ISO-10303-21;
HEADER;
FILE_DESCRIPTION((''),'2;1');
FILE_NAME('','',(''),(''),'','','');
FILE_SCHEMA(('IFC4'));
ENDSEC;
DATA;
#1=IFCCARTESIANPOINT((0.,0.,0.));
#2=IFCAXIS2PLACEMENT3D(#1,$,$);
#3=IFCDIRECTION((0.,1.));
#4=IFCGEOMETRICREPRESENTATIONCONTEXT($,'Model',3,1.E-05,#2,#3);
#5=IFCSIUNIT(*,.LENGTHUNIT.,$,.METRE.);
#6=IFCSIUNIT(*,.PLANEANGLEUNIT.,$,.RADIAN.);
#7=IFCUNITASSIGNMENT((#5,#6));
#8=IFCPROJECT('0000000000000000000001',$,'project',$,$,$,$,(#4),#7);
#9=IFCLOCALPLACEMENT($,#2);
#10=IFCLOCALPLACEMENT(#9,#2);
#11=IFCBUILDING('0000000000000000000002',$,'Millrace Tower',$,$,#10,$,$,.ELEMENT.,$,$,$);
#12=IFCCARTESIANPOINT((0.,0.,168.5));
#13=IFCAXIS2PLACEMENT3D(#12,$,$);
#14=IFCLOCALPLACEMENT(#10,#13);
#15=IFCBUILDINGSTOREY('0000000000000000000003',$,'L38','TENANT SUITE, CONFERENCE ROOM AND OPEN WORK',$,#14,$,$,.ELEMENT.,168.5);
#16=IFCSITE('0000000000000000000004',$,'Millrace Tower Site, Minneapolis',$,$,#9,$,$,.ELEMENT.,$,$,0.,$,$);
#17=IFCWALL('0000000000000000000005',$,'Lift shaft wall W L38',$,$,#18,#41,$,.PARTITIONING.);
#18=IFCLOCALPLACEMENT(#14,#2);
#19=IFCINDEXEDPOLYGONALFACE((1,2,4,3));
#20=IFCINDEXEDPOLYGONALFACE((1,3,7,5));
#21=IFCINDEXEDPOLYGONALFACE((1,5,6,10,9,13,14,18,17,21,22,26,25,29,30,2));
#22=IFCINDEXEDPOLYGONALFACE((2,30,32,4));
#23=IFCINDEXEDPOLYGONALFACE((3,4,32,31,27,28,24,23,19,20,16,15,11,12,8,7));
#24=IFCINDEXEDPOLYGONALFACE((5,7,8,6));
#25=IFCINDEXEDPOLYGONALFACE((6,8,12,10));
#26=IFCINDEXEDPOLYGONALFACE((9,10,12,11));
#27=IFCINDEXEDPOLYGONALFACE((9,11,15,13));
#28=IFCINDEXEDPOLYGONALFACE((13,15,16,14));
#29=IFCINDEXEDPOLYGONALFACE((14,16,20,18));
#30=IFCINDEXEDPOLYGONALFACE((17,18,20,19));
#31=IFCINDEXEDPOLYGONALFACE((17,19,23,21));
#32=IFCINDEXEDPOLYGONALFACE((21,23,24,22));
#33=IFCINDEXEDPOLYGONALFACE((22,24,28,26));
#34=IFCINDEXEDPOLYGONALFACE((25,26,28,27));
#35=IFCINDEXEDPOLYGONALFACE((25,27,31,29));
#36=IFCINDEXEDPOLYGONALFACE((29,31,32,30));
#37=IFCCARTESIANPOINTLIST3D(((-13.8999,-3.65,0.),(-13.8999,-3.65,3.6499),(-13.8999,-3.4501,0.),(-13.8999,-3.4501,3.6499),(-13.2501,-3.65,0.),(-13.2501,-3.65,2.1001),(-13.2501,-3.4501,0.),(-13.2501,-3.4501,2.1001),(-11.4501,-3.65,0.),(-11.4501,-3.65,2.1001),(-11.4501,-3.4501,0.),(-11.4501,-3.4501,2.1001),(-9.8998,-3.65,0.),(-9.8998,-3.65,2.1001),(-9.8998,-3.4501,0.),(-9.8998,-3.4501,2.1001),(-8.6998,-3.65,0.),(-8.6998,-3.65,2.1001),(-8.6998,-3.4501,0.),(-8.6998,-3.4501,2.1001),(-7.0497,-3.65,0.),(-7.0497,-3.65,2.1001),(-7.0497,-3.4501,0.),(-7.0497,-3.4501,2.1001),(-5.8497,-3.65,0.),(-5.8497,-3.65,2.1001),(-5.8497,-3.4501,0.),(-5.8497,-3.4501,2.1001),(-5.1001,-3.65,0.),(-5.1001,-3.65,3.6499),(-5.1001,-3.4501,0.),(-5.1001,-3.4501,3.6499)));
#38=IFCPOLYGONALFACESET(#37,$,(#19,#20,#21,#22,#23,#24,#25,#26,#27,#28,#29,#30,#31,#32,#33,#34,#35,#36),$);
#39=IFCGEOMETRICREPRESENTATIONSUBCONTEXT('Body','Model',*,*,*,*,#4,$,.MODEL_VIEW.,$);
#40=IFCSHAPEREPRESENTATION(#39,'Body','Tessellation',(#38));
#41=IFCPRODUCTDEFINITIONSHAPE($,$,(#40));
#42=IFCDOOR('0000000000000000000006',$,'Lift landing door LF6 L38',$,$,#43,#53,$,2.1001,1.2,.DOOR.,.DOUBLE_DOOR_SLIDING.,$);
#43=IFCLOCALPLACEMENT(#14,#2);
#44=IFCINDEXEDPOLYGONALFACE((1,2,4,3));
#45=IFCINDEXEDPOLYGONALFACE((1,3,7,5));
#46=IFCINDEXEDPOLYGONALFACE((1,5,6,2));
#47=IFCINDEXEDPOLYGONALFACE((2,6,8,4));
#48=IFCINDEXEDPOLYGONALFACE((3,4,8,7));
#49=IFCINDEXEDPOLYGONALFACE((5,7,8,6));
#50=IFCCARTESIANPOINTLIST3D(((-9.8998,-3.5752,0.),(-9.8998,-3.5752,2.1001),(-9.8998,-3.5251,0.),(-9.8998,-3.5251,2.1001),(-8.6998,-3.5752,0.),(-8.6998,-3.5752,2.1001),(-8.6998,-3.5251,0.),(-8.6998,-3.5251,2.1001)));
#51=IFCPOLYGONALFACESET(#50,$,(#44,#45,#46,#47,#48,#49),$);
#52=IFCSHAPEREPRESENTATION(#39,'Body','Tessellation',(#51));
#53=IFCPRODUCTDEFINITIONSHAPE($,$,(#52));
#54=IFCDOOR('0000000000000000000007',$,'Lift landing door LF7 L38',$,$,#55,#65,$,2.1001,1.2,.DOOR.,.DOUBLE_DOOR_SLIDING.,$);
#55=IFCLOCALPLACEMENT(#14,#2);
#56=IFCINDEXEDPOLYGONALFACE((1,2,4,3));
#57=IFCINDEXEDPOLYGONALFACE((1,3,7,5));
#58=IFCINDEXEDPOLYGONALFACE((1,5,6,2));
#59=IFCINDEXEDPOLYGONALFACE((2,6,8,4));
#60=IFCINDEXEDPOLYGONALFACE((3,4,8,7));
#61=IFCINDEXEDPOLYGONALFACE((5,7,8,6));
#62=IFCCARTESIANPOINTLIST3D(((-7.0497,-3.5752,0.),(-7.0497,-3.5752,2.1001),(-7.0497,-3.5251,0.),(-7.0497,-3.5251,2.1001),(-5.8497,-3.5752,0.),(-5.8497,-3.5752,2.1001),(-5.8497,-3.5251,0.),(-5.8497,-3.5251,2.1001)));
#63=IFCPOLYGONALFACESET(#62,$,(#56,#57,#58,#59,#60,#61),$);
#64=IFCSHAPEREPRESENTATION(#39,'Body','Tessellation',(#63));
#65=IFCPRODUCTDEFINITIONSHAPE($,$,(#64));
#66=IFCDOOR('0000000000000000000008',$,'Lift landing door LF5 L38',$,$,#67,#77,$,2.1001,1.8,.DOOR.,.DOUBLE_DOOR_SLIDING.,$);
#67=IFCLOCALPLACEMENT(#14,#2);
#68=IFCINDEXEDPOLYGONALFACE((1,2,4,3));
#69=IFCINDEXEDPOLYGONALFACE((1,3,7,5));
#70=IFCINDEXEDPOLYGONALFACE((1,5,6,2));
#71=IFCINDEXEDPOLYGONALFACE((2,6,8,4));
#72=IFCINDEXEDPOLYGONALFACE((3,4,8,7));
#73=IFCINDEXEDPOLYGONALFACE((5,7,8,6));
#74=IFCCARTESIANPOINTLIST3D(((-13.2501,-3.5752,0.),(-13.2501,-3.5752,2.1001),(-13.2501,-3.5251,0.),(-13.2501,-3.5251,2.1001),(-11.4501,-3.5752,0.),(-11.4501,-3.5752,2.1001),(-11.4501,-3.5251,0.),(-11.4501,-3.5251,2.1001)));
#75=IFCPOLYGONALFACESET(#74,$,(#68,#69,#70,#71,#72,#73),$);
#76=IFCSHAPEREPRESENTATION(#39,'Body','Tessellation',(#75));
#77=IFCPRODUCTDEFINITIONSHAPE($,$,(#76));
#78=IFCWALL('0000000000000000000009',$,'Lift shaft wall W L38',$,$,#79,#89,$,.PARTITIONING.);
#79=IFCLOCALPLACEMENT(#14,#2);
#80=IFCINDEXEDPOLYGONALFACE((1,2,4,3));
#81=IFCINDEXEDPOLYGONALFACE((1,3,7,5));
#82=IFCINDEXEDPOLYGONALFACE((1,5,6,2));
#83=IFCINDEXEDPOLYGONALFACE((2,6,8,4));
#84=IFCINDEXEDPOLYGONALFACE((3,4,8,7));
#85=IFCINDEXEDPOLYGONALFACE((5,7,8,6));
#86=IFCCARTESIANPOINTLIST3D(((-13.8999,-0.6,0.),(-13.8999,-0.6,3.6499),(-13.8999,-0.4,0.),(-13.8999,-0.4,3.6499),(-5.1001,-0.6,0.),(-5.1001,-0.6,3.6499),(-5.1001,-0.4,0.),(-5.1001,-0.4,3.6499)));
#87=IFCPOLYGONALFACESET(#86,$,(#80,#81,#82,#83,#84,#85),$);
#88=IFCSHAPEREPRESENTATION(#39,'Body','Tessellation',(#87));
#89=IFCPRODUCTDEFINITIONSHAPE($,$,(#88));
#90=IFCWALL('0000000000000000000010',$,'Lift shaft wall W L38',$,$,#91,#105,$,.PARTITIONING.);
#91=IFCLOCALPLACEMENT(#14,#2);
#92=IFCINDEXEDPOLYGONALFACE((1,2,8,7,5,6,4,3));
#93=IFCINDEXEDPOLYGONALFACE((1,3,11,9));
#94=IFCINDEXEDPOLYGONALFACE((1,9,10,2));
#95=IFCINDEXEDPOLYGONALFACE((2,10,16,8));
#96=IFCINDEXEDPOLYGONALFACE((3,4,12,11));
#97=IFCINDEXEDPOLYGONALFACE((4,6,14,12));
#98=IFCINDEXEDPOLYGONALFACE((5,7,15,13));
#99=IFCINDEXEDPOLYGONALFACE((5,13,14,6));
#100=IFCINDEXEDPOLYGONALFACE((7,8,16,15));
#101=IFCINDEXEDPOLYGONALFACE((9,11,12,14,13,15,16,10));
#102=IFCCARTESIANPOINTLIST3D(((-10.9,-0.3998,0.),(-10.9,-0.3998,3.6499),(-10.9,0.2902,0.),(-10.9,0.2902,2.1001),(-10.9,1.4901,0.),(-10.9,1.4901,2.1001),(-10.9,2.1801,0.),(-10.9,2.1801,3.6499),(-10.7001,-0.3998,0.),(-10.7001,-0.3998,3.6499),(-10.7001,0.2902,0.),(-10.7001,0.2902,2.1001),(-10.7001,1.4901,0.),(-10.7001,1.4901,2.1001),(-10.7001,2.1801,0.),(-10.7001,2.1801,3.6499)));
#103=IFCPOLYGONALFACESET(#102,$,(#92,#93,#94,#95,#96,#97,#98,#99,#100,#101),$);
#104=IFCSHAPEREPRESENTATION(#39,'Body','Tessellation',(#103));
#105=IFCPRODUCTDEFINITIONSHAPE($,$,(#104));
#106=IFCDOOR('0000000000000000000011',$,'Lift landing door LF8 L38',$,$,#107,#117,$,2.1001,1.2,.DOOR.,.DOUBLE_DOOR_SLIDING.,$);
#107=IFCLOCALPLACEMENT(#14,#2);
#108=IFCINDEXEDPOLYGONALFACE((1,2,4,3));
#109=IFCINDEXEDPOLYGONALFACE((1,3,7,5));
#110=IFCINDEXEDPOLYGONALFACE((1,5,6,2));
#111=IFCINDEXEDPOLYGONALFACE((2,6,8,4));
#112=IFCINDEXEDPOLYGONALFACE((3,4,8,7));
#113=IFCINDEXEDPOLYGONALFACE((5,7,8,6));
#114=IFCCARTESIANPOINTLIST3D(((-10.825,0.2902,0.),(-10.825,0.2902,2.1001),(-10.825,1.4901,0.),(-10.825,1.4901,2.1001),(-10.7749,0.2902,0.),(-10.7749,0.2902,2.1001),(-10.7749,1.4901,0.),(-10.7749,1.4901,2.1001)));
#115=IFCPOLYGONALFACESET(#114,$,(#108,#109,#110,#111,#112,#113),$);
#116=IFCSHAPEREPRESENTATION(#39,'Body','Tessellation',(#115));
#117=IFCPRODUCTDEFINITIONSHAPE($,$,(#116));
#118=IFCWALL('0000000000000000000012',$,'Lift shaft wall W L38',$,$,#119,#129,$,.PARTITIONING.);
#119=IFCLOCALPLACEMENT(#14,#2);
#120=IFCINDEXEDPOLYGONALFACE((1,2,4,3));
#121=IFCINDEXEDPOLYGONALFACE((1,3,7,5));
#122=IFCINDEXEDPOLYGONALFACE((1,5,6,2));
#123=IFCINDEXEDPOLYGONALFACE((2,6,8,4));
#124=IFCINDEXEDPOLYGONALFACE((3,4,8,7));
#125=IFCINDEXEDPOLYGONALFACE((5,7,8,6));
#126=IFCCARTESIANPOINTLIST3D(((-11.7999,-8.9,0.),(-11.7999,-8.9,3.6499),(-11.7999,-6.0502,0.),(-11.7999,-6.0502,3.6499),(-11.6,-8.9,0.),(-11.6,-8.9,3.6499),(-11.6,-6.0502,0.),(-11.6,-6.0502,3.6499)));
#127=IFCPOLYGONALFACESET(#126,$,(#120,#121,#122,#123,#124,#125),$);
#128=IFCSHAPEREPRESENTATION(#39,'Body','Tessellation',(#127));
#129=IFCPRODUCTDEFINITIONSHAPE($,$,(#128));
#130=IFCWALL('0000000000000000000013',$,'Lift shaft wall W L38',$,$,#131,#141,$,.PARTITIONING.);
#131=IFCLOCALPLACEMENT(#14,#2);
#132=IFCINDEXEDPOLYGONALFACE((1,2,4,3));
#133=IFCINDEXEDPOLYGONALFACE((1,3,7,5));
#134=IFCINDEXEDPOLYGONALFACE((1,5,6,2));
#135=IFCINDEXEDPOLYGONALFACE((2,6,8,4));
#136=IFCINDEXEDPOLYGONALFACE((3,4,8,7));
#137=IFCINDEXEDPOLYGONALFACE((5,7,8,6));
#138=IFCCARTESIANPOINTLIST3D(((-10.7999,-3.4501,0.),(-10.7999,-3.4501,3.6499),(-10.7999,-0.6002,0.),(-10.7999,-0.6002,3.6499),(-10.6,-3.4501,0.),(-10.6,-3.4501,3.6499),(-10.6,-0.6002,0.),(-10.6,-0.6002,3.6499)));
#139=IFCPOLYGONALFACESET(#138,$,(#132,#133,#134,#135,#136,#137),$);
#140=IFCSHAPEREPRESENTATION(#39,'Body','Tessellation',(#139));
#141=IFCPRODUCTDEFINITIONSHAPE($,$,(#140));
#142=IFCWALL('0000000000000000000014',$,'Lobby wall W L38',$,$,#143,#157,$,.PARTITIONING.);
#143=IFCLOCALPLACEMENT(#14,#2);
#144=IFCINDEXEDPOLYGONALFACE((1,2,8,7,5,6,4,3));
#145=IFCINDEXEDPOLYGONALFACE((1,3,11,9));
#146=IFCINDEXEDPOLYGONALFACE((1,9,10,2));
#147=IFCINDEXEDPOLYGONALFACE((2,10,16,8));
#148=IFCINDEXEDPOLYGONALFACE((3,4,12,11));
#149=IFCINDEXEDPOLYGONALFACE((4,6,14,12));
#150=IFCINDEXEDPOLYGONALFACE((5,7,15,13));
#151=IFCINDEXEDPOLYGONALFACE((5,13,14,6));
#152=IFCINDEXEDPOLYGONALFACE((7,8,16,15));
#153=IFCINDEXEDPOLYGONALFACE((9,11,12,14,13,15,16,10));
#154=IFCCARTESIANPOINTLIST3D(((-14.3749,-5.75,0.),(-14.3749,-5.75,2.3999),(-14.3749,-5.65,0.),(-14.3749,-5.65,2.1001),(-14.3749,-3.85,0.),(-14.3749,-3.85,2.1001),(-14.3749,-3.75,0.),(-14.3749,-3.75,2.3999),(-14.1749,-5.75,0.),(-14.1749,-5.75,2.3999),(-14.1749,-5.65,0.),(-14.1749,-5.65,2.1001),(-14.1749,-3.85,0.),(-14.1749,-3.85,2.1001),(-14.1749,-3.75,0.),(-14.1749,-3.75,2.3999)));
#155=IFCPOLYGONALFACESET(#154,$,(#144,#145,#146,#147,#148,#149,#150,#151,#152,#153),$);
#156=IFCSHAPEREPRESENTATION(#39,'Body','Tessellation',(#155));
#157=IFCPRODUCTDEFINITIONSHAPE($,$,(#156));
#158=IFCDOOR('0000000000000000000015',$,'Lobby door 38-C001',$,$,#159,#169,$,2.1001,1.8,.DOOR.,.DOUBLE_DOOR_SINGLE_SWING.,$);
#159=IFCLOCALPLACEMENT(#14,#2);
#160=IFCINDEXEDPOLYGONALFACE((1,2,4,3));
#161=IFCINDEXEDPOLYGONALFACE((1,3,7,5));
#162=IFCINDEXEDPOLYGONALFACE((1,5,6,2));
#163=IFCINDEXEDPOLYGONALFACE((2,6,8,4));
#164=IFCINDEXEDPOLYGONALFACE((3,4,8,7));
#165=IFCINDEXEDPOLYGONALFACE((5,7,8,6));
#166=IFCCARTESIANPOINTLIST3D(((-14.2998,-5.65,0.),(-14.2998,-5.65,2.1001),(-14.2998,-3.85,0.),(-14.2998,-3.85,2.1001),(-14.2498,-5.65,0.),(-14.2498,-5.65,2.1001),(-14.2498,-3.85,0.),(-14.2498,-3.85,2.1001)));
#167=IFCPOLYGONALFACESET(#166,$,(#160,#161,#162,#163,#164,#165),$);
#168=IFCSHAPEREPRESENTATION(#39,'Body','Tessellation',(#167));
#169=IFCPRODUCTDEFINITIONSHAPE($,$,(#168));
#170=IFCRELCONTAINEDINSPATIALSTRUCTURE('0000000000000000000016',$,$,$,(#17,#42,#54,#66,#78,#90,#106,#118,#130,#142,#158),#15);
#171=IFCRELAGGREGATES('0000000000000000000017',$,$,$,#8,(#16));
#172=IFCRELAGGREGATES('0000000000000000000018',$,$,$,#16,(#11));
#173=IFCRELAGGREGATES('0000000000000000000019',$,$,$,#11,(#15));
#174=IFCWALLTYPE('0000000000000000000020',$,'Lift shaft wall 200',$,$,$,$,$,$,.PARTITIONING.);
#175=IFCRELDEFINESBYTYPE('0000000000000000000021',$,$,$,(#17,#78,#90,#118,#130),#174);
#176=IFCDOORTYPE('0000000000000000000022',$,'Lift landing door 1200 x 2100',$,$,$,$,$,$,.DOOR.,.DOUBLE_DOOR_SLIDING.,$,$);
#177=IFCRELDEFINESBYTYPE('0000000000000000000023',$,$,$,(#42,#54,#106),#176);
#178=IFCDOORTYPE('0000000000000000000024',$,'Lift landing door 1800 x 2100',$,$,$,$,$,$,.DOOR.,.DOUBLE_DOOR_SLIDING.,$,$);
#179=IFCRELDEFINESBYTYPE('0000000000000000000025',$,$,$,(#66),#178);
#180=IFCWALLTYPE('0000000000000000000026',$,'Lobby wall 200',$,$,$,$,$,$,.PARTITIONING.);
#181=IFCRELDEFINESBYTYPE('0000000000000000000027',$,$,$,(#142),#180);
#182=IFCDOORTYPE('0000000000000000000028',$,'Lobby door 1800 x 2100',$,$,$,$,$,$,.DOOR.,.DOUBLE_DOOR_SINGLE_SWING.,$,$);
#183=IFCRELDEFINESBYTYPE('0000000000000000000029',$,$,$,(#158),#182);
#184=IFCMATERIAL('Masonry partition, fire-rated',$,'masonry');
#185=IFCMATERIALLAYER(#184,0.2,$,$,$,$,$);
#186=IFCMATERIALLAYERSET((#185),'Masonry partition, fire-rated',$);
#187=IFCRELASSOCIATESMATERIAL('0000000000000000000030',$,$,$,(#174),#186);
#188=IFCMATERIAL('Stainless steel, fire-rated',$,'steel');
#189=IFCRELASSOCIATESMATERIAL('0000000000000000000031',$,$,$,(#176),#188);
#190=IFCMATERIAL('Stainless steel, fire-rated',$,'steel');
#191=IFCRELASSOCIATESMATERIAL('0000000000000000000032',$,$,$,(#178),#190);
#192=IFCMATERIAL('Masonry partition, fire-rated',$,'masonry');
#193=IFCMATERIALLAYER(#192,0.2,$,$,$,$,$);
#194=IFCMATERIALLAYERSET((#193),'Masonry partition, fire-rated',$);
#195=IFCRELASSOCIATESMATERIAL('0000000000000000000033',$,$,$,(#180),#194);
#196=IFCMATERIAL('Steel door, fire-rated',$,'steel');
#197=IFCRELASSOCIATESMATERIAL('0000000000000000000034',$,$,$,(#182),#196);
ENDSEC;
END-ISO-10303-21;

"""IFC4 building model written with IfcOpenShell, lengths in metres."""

from ifc_helpers import new_model, si_unit, direction, frame, frame_2d, origin, place, context, subcontext, project, spatial, rectangle, extrude, material, layer, layer_set, type_object, element, fill, save


model = new_model("IFC4")

# Units and contexts
model_context = context("Model", 3, precision=1e-05, world=origin(), true_north=direction((0.0, 1.0)))
body_context = subcontext(model_context, "Body", "Model", "MODEL_VIEW")
ifc_project = project(units=[si_unit("LENGTHUNIT", "METRE"), si_unit("PLANEANGLEUNIT", "RADIAN")], contexts=[model_context])

# Site, building, storey
site_placement = place(None, origin())
site = spatial("IfcSite", under=ifc_project, at=site_placement, Name="Millrace Tower Site, Minneapolis", CompositionType="ELEMENT", RefElevation=0.0)
building_placement = place(site_placement, origin())
building = spatial("IfcBuilding", under=site, at=building_placement, Name="Millrace Tower", CompositionType="ELEMENT")
storey_placement = place(building_placement, frame((0.0, 0.0, 168.5)))
storey = spatial("IfcBuildingStorey", under=building, at=storey_placement, Name="L38", Description="TENANT SUITE, CONFERENCE ROOM AND OPEN WORK", CompositionType="ELEMENT", Elevation=168.5)

# Shared definitions
ifc_material_1 = material(Name="Masonry partition, fire-rated", Category="masonry")
ifc_layer_1 = layer(ifc_material_1, 0.2)
ifc_layer_set_1 = layer_set([ifc_layer_1], Name="Masonry partition, fire-rated")
wall_type_1 = type_object("IfcWallType", Name="Lift shaft wall 200", PredefinedType="PARTITIONING", material=ifc_layer_set_1)

# Wall, openings, doors
wall_1_placement = place(storey_placement, frame((-13.8999, -3.55, 0.0), z_axis=(0.0, 0.0, 1.0), x_axis=(1.0, 0.0, 0.0)))
wall_1 = element("IfcWall", 1, at=wall_1_placement, inside=storey, type_object=wall_type_1, Name="Lift shaft wall W L38", PredefinedType="PARTITIONING", context=body_context, shape_type="SweptSolid", body=[
    extrude(rectangle(XDim=8.7998, YDim=0.2, at=frame_2d((4.3999, 0.0))), origin(), (0.0, 0.0, 1.0), 3.6499),
])
opening_1_placement = place(wall_1_placement, frame((0.6499, 0.0, 0.0)))
opening_1 = element("IfcOpeningElement", 2, at=opening_1_placement, cuts=wall_1, PredefinedType="OPENING", context=body_context, shape_type="SweptSolid", body=[
    extrude(rectangle(XDim=1.8, YDim=2.1001, at=frame_2d((0.8999, 1.05))), frame((0.0, 0.1099, 0.0), z_axis=(0.0, -1.0, 0.0), x_axis=(1.0, 0.0, 0.0)), (0.0, 0.0, 1.0), 0.22),
])
opening_2_placement = place(wall_1_placement, frame((4.0, 0.0, 0.0)))
opening_2 = element("IfcOpeningElement", 3, at=opening_2_placement, cuts=wall_1, PredefinedType="OPENING", context=body_context, shape_type="SweptSolid", body=[
    extrude(rectangle(XDim=1.2, YDim=2.1001, at=frame_2d((0.6001, 1.05))), frame((0.0, 0.1099, 0.0), z_axis=(0.0, -1.0, 0.0), x_axis=(1.0, 0.0, 0.0)), (0.0, 0.0, 1.0), 0.22),
])
opening_3_placement = place(wall_1_placement, frame((6.8501, 0.0, 0.0)))
opening_3 = element("IfcOpeningElement", 4, at=opening_3_placement, cuts=wall_1, PredefinedType="OPENING", context=body_context, shape_type="SweptSolid", body=[
    extrude(rectangle(XDim=1.2, YDim=2.1001, at=frame_2d((0.6001, 1.05))), frame((0.0, 0.1099, 0.0), z_axis=(0.0, -1.0, 0.0), x_axis=(1.0, 0.0, 0.0)), (0.0, 0.0, 1.0), 0.22),
])
ifc_material_2 = material(Name="Stainless steel, fire-rated", Category="steel")
door_type_1 = type_object("IfcDoorType", Name="Lift landing door 1200 x 2100", OperationType="DOUBLE_DOOR_SLIDING", PredefinedType="DOOR", material=ifc_material_2)
door_1_placement = place(opening_2_placement, origin())
door_1 = element("IfcDoor", 5, at=door_1_placement, inside=storey, type_object=door_type_1, Name="Lift landing door LF6 L38", OperationType="DOUBLE_DOOR_SLIDING", OverallHeight=2.1001, OverallWidth=1.2, PredefinedType="DOOR", context=body_context, shape_type="SweptSolid", body=[
    extrude(rectangle(XDim=1.2, YDim=2.1001, at=frame_2d((0.6001, 1.05))), frame((0.0, 0.0249, 0.0), z_axis=(0.0, -1.0, 0.0), x_axis=(1.0, 0.0, 0.0)), (0.0, 0.0, 1.0), 0.05),
])
fill(opening_2, door_1)
door_2_placement = place(opening_3_placement, origin())
door_2 = element("IfcDoor", 6, at=door_2_placement, inside=storey, type_object=door_type_1, Name="Lift landing door LF7 L38", OperationType="DOUBLE_DOOR_SLIDING", OverallHeight=2.1001, OverallWidth=1.2, PredefinedType="DOOR", context=body_context, shape_type="SweptSolid", body=[
    extrude(rectangle(XDim=1.2, YDim=2.1001, at=frame_2d((0.6001, 1.05))), frame((0.0, 0.0249, 0.0), z_axis=(0.0, -1.0, 0.0), x_axis=(1.0, 0.0, 0.0)), (0.0, 0.0, 1.0), 0.05),
])
fill(opening_3, door_2)
ifc_material_3 = material(Name="Stainless steel, fire-rated", Category="steel")
door_type_2 = type_object("IfcDoorType", Name="Lift landing door 1800 x 2100", OperationType="DOUBLE_DOOR_SLIDING", PredefinedType="DOOR", material=ifc_material_3)
door_3_placement = place(opening_1_placement, origin())
door_3 = element("IfcDoor", 7, at=door_3_placement, inside=storey, type_object=door_type_2, Name="Lift landing door LF5 L38", OperationType="DOUBLE_DOOR_SLIDING", OverallHeight=2.1001, OverallWidth=1.8, PredefinedType="DOOR", context=body_context, shape_type="SweptSolid", body=[
    extrude(rectangle(XDim=1.8, YDim=2.1001, at=frame_2d((0.8999, 1.05))), frame((0.0, 0.0249, 0.0), z_axis=(0.0, -1.0, 0.0), x_axis=(1.0, 0.0, 0.0)), (0.0, 0.0, 1.0), 0.05),
])
fill(opening_1, door_3)

# Wall
wall_2_placement = place(storey_placement, frame((-13.8999, -0.5, 0.0), z_axis=(0.0, 0.0, 1.0), x_axis=(1.0, 0.0, 0.0)))
element("IfcWall", 8, at=wall_2_placement, inside=storey, type_object=wall_type_1, Name="Lift shaft wall W L38", PredefinedType="PARTITIONING", context=body_context, shape_type="SweptSolid", body=[
    extrude(rectangle(XDim=8.7998, YDim=0.2, at=frame_2d((4.3999, 0.0))), origin(), (0.0, 0.0, 1.0), 3.6499),
])

# Wall, opening, door
wall_3_placement = place(storey_placement, frame((-10.8, -0.3999, 0.0), z_axis=(0.0, 0.0, 1.0), x_axis=(0.0, 1.0, 0.0)))
wall_3 = element("IfcWall", 9, at=wall_3_placement, inside=storey, type_object=wall_type_1, Name="Lift shaft wall W L38", PredefinedType="PARTITIONING", context=body_context, shape_type="SweptSolid", body=[
    extrude(rectangle(XDim=2.5798, YDim=0.2, at=frame_2d((1.29, 0.0))), origin(), (0.0, 0.0, 1.0), 3.6499),
])
opening_4_placement = place(wall_3_placement, frame((0.6899, 0.0, 0.0)))
opening_4 = element("IfcOpeningElement", 10, at=opening_4_placement, cuts=wall_3, PredefinedType="OPENING", context=body_context, shape_type="SweptSolid", body=[
    extrude(rectangle(XDim=1.2, YDim=2.1001, at=frame_2d((0.6001, 1.05))), frame((0.0, 0.1099, 0.0), z_axis=(0.0, -1.0, 0.0), x_axis=(1.0, 0.0, 0.0)), (0.0, 0.0, 1.0), 0.22),
])
door_4_placement = place(opening_4_placement, origin())
door_4 = element("IfcDoor", 11, at=door_4_placement, inside=storey, type_object=door_type_1, Name="Lift landing door LF8 L38", OperationType="DOUBLE_DOOR_SLIDING", OverallHeight=2.1001, OverallWidth=1.2, PredefinedType="DOOR", context=body_context, shape_type="SweptSolid", body=[
    extrude(rectangle(XDim=1.2, YDim=2.1001, at=frame_2d((0.6001, 1.05))), frame((0.0, 0.0249, 0.0), z_axis=(0.0, -1.0, 0.0), x_axis=(1.0, 0.0, 0.0)), (0.0, 0.0, 1.0), 0.05),
])
fill(opening_4, door_4)

# Walls
for number, where, z_axis, x_axis, name in (
    (12, (-11.7, -8.8999, 0.0), (0.0, 0.0, 1.0), (0.0, 1.0, 0.0), "Lift shaft wall W L38"),
    (13, (-10.7, -3.45, 0.0), (0.0, 0.0, 1.0), (0.0, 1.0, 0.0), "Lift shaft wall W L38"),
):
    element("IfcWall", number, at=place(storey_placement, frame(where, z_axis=z_axis, x_axis=x_axis)), inside=storey, type_object=wall_type_1, Name=name, PredefinedType="PARTITIONING", context=body_context, shape_type="SweptSolid", body=[
        extrude(rectangle(XDim=2.8499, YDim=0.2, at=frame_2d((1.4248, 0.0))), origin(), (0.0, 0.0, 1.0), 3.6499),
    ])

# Wall, opening, door
ifc_material_4 = material(Name="Masonry partition, fire-rated", Category="masonry")
ifc_layer_2 = layer(ifc_material_4, 0.2)
ifc_layer_set_2 = layer_set([ifc_layer_2], Name="Masonry partition, fire-rated")
wall_type_2 = type_object("IfcWallType", Name="Lobby wall 200", PredefinedType="PARTITIONING", material=ifc_layer_set_2)
wall_4_placement = place(storey_placement, frame((-14.2749, -5.75, 0.0), z_axis=(0.0, 0.0, 1.0), x_axis=(0.0, 1.0, 0.0)))
wall_4 = element("IfcWall", 14, at=wall_4_placement, inside=storey, type_object=wall_type_2, Name="Lobby wall W L38", PredefinedType="PARTITIONING", context=body_context, shape_type="SweptSolid", body=[
    extrude(rectangle(XDim=2.0, YDim=0.2, at=frame_2d((1.0, 0.0))), origin(), (0.0, 0.0, 1.0), 2.3999),
])
opening_5_placement = place(wall_4_placement, frame((0.1001, 0.0, 0.0)))
opening_5 = element("IfcOpeningElement", 15, at=opening_5_placement, cuts=wall_4, PredefinedType="OPENING", context=body_context, shape_type="SweptSolid", body=[
    extrude(rectangle(XDim=1.8, YDim=2.1001, at=frame_2d((0.8999, 1.05))), frame((0.0, 0.1099, 0.0), z_axis=(0.0, -1.0, 0.0), x_axis=(1.0, 0.0, 0.0)), (0.0, 0.0, 1.0), 0.22),
])
ifc_material_5 = material(Name="Steel door, fire-rated", Category="steel")
door_type_3 = type_object("IfcDoorType", Name="Lobby door 1800 x 2100", OperationType="DOUBLE_DOOR_SINGLE_SWING", PredefinedType="DOOR", material=ifc_material_5)
door_5_placement = place(opening_5_placement, origin())
door_5 = element("IfcDoor", 16, at=door_5_placement, inside=storey, type_object=door_type_3, Name="Lobby door 38-C001", OperationType="DOUBLE_DOOR_SINGLE_SWING", OverallHeight=2.1001, OverallWidth=1.8, PredefinedType="DOOR", context=body_context, shape_type="SweptSolid", body=[
    extrude(rectangle(XDim=1.8, YDim=2.1001, at=frame_2d((0.8999, 1.05))), frame((0.0, 0.0249, 0.0), z_axis=(0.0, -1.0, 0.0), x_axis=(1.0, 0.0, 0.0)), (0.0, 0.0, 1.0), 0.05),
])
fill(opening_5, door_5)

save(model, "model.ifc")
